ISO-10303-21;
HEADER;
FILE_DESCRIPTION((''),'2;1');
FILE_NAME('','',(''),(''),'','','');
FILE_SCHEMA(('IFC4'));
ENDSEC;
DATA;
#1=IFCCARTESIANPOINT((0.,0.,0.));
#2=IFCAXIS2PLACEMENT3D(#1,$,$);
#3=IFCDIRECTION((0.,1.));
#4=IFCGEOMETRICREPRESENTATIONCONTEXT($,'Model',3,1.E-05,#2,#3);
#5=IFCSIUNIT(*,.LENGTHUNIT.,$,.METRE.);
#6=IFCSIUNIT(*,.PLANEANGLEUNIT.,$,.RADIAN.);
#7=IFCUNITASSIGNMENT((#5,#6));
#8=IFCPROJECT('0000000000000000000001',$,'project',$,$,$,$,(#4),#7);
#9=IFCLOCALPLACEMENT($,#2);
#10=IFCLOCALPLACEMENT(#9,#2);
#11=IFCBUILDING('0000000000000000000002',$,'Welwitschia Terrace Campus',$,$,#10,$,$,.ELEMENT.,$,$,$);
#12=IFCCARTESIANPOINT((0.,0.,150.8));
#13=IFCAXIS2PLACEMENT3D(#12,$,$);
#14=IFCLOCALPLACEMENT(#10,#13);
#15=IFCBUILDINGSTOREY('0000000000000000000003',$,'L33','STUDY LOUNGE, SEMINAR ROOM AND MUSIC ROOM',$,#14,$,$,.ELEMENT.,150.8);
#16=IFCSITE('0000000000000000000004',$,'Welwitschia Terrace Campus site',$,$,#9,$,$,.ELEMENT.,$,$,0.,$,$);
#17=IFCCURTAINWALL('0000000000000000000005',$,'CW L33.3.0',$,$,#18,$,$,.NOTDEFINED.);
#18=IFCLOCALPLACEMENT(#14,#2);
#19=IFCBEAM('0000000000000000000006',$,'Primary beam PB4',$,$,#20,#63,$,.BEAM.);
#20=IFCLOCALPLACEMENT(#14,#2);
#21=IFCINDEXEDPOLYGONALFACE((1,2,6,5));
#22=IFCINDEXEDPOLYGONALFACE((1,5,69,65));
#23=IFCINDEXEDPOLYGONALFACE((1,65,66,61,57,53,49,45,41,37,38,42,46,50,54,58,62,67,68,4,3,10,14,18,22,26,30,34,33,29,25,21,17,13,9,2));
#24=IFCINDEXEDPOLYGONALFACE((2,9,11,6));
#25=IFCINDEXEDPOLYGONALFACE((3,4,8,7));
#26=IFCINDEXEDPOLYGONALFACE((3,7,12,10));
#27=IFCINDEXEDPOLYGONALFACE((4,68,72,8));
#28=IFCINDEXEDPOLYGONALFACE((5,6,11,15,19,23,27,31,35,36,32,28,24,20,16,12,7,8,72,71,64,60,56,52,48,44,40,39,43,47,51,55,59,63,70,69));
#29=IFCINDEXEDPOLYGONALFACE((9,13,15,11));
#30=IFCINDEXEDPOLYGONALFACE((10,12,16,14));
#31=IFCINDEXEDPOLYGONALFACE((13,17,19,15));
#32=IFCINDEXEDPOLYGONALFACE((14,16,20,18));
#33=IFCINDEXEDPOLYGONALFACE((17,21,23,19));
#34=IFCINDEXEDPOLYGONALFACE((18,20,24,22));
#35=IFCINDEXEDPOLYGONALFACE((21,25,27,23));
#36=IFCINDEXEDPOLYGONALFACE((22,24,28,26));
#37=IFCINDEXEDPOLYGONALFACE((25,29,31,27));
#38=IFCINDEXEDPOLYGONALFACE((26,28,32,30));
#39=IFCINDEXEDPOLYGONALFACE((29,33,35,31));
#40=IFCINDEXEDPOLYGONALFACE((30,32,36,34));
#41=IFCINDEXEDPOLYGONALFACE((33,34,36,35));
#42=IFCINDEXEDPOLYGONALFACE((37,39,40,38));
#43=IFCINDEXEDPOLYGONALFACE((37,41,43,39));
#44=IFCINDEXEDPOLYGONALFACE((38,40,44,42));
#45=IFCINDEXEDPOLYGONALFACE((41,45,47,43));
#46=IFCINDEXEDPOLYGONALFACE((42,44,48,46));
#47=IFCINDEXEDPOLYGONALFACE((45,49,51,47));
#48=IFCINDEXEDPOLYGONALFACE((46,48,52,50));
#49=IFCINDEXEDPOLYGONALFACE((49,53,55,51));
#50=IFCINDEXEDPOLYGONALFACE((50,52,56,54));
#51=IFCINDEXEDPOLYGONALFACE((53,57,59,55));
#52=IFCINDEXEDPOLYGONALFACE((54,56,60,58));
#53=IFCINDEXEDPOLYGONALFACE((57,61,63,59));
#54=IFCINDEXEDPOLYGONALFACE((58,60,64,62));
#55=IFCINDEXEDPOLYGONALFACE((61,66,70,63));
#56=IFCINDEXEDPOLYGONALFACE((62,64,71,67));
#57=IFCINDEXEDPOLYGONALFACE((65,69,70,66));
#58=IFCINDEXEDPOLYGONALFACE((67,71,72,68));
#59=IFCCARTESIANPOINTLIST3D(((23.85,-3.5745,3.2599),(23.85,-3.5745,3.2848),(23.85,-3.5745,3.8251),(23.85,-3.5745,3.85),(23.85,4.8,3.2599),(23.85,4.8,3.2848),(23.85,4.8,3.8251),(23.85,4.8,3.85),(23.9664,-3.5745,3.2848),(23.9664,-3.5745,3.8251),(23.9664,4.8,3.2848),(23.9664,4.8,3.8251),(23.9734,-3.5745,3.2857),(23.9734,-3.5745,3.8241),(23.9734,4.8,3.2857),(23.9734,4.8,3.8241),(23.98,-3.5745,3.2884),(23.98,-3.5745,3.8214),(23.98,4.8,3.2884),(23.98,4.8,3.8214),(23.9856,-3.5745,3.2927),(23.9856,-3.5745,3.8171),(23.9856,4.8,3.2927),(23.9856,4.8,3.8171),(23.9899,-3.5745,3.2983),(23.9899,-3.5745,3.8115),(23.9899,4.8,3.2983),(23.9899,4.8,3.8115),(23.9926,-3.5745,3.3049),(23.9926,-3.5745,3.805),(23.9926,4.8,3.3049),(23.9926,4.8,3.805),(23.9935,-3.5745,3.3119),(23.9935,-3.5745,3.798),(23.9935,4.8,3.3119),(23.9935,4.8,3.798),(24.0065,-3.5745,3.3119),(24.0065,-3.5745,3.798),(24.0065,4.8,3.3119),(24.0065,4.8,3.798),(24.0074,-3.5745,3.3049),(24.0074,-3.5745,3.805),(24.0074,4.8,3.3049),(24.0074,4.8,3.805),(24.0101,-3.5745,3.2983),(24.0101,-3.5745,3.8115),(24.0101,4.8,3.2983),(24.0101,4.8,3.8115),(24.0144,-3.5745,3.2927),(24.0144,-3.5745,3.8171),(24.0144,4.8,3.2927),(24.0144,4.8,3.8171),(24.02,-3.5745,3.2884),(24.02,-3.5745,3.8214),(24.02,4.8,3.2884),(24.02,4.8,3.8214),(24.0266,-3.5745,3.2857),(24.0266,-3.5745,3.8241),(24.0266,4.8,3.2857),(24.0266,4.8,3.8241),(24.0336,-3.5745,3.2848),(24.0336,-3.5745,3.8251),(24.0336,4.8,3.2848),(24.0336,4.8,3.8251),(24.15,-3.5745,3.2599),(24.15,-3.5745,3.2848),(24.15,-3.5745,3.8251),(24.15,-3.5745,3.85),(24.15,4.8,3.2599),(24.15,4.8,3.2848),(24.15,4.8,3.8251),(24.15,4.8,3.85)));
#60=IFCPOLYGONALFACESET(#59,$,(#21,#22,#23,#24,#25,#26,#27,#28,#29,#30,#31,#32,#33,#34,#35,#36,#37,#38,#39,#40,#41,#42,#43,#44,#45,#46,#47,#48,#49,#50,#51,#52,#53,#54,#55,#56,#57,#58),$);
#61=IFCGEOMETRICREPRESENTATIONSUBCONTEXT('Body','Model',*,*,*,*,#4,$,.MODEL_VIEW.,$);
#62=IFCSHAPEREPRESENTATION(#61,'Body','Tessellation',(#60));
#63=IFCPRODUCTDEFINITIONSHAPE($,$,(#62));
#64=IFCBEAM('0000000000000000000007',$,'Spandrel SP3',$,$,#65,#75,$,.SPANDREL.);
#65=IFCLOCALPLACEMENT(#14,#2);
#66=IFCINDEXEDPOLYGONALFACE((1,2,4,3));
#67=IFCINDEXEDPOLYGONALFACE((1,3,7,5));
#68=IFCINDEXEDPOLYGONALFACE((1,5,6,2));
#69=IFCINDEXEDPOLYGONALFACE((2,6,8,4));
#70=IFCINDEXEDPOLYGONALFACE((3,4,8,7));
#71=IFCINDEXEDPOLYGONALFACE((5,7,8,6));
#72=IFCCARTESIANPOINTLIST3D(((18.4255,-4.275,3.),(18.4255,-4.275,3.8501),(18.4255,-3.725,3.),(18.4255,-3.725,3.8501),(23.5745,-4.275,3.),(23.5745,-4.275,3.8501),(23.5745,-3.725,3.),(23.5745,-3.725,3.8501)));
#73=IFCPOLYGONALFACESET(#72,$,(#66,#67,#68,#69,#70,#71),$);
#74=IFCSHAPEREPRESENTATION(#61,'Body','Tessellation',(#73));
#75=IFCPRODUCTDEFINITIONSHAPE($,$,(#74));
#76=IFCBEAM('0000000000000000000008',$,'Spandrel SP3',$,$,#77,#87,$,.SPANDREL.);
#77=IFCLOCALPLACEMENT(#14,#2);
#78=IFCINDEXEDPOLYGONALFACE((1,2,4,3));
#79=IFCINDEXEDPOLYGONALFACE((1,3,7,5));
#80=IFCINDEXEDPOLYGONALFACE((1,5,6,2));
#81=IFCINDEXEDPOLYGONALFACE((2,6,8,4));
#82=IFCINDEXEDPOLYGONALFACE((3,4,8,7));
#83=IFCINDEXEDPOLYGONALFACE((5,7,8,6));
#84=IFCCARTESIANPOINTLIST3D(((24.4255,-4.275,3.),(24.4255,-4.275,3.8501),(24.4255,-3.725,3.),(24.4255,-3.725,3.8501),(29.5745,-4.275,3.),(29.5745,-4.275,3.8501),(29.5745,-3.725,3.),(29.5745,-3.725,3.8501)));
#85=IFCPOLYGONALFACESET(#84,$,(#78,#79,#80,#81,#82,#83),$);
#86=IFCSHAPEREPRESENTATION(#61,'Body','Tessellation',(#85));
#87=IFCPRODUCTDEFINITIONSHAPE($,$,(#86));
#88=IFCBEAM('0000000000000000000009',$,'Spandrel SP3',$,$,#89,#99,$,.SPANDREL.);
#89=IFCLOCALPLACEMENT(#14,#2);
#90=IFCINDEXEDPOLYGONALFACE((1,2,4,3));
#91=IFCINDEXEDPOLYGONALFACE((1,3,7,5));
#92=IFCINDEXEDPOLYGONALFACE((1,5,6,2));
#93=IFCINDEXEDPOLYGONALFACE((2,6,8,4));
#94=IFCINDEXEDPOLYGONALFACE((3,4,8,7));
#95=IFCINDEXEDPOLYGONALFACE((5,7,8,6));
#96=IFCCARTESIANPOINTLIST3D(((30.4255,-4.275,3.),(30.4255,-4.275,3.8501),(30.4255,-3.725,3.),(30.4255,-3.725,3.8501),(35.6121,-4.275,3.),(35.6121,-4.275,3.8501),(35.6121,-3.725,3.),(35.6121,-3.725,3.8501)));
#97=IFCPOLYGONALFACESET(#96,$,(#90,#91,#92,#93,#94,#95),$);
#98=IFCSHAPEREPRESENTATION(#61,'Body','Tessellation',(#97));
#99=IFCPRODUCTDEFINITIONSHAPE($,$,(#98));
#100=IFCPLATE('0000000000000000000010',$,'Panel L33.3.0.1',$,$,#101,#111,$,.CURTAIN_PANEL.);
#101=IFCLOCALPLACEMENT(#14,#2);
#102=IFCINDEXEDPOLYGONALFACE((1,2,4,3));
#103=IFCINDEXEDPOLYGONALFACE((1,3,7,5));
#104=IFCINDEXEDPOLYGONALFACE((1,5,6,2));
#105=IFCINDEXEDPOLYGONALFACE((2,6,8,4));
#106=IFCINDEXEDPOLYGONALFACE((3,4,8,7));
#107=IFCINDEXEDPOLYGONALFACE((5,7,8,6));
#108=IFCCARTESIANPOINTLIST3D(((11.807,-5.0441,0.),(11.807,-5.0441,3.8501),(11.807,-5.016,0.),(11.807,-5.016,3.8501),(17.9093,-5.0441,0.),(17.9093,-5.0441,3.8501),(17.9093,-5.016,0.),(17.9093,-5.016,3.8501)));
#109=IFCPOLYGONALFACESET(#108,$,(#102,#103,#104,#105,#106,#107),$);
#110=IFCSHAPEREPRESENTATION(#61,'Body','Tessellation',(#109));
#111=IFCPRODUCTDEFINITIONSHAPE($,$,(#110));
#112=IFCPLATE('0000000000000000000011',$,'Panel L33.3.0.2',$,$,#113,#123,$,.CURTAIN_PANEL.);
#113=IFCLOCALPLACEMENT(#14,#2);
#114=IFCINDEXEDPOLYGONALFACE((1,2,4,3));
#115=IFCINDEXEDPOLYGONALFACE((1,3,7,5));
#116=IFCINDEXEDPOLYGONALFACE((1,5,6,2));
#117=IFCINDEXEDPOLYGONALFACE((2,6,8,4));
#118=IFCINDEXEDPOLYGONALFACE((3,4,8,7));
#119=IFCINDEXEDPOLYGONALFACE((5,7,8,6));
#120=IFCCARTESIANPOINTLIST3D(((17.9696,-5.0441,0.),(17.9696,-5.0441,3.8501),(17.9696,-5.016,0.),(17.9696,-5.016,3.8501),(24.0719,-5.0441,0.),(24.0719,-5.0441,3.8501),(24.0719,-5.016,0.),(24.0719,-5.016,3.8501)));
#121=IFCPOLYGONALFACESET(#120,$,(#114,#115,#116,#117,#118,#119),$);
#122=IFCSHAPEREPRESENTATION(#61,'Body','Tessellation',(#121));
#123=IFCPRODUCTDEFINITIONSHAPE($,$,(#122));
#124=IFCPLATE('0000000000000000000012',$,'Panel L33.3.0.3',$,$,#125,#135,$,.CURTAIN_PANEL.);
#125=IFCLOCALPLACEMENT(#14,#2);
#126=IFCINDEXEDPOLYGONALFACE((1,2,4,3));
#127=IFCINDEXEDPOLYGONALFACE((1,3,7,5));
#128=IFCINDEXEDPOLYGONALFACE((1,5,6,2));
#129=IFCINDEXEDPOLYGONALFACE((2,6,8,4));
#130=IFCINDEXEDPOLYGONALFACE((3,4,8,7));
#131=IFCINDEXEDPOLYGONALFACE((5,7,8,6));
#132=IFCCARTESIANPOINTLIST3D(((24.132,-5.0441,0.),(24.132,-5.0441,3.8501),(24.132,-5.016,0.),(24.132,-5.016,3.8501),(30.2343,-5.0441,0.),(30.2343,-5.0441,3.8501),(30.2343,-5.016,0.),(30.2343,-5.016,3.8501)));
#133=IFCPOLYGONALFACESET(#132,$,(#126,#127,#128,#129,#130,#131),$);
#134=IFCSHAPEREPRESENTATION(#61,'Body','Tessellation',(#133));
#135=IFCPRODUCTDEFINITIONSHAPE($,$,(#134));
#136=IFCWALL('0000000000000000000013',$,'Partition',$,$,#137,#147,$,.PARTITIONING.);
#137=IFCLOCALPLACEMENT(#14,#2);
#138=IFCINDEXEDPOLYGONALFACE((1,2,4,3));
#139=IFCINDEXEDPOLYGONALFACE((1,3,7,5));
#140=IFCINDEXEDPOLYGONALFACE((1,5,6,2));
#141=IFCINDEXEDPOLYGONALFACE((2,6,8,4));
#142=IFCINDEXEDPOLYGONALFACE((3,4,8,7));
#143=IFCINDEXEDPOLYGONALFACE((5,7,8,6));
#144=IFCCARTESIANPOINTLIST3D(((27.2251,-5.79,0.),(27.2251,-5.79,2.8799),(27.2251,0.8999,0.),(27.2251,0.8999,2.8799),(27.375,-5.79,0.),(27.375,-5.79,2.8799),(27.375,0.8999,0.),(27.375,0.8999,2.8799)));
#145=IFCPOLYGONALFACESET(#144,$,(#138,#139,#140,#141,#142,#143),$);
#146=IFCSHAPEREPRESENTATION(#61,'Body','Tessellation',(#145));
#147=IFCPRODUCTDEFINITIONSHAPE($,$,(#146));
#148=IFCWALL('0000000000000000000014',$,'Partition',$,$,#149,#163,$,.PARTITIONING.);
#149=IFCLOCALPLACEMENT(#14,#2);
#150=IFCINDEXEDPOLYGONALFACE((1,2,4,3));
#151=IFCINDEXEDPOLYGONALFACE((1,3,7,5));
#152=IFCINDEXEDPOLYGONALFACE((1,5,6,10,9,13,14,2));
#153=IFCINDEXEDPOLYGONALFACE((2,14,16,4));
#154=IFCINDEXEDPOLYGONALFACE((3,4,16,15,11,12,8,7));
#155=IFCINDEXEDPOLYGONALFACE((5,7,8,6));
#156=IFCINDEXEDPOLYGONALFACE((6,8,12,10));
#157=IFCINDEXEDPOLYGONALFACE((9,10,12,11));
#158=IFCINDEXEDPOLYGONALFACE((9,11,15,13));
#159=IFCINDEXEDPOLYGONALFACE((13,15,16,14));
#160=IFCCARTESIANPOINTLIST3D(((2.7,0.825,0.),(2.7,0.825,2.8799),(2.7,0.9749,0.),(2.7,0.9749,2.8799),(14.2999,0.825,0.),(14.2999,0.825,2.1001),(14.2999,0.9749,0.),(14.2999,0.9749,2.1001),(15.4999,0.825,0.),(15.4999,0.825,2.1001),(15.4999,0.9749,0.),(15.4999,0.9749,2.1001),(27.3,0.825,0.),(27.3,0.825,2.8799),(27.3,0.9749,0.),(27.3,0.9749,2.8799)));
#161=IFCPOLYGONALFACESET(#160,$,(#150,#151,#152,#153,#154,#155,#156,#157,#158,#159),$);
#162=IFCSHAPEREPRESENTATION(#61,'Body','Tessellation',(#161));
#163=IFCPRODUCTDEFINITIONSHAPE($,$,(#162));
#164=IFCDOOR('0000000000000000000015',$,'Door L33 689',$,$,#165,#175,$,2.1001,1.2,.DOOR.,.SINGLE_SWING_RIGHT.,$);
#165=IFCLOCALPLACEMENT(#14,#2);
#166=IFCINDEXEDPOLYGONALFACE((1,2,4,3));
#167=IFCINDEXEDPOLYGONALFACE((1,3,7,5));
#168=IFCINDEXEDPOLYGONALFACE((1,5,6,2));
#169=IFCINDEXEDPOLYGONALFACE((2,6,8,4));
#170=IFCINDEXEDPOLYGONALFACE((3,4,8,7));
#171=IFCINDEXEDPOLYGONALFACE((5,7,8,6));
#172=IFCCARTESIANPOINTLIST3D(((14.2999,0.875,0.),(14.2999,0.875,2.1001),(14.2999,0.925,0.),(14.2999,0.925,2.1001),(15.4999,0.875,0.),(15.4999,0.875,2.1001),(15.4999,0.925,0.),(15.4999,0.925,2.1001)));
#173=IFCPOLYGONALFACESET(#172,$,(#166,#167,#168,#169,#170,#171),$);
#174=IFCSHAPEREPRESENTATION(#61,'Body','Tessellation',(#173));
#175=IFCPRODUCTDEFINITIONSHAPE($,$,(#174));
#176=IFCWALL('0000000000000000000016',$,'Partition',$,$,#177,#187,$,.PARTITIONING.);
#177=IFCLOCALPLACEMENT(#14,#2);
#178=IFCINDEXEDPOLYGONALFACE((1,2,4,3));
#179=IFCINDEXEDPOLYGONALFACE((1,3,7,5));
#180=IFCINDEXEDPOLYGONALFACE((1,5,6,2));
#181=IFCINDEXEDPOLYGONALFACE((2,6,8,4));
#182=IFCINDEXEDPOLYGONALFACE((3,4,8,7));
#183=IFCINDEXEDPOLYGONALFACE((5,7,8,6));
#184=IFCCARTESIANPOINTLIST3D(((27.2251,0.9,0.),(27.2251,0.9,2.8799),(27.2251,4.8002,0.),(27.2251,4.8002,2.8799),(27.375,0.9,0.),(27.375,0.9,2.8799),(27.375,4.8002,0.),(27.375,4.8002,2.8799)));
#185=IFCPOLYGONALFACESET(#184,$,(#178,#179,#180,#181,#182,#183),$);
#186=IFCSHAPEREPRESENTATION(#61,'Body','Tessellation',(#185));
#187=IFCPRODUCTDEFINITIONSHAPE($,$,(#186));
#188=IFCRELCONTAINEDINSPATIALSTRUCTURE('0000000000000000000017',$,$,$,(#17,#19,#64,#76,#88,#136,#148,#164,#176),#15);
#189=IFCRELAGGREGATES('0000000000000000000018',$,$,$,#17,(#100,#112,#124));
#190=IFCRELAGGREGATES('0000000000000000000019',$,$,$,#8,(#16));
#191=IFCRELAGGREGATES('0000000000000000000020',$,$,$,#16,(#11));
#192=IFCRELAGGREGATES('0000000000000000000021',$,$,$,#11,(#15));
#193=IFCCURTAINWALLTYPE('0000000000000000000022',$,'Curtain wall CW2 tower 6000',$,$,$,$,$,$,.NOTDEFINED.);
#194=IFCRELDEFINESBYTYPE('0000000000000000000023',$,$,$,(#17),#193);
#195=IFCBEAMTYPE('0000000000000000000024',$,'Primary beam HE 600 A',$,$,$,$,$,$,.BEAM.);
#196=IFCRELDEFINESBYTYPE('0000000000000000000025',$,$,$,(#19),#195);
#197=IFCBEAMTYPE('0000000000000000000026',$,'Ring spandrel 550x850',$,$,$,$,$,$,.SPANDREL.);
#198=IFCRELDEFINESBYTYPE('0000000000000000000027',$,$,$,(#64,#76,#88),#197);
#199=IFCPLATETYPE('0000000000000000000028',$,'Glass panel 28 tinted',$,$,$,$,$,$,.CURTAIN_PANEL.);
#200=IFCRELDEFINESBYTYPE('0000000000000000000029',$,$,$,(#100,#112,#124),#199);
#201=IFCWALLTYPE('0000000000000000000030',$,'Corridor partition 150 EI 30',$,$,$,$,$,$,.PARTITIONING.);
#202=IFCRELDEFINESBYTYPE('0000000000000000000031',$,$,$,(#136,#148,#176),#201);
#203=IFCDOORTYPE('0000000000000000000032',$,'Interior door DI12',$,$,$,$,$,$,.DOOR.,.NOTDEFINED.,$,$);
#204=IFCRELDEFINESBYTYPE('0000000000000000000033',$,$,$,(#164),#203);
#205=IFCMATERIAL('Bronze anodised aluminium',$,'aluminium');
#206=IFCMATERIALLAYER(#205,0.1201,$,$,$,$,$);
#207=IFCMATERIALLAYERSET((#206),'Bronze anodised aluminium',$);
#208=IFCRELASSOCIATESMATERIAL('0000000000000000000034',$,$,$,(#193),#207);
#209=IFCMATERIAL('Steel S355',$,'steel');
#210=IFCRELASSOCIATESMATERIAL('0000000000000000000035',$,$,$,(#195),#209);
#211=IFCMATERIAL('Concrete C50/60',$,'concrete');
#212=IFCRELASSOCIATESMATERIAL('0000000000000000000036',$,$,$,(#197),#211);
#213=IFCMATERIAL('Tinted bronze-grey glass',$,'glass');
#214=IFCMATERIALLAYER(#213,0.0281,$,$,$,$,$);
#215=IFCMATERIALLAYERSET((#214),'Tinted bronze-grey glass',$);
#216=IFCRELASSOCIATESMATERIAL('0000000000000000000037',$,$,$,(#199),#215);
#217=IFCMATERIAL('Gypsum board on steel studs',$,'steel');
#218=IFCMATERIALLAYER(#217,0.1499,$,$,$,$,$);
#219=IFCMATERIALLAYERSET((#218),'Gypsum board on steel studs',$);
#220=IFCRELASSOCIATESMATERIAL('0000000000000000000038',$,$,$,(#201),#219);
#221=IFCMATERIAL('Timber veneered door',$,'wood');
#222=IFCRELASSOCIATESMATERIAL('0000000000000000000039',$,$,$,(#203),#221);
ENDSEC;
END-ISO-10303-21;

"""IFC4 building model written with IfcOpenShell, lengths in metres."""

from ifc_helpers import new_model, si_unit, direction, frame, frame_2d, origin, origin_2d, place, context, subcontext, project, spatial, rectangle, i_section, extrude, material, layer, layer_set, material_profile, profile_set, type_object, element, fill, aggregate, save


model = new_model("IFC4")

# Units and contexts
model_context = context("Model", 3, precision=1e-05, world=origin(), true_north=direction((0.0, 1.0)))
body_context = subcontext(model_context, "Body", "Model", "MODEL_VIEW")
ifc_project = project(units=[si_unit("LENGTHUNIT", "METRE"), si_unit("PLANEANGLEUNIT", "RADIAN")], contexts=[model_context])

# Site, building, storey
site_placement = place(None, origin())
site = spatial("IfcSite", under=ifc_project, at=site_placement, Name="Welwitschia Terrace Campus site", CompositionType="ELEMENT", RefElevation=0.0)
building_placement = place(site_placement, origin())
building = spatial("IfcBuilding", under=site, at=building_placement, Name="Welwitschia Terrace Campus", CompositionType="ELEMENT")
storey_placement = place(building_placement, frame((0.0, 0.0, 150.8)))
storey = spatial("IfcBuildingStorey", under=building, at=storey_placement, Name="L33", Description="STUDY LOUNGE, SEMINAR ROOM AND MUSIC ROOM", CompositionType="ELEMENT", Elevation=150.8)

# Curtain wall
ifc_material_1 = material(Name="Bronze anodised aluminium", Category="aluminium")
ifc_layer_1 = layer(ifc_material_1, 0.1201)
ifc_layer_set_1 = layer_set([ifc_layer_1], Name="Bronze anodised aluminium")
curtain_wall_type = type_object("IfcCurtainWallType", Name="Curtain wall CW2 tower 6000", PredefinedType="NOTDEFINED", material=ifc_layer_set_1)
curtain_wall_placement = place(storey_placement, origin())
curtain_wall = element("IfcCurtainWall", 1, at=curtain_wall_placement, inside=storey, type_object=curtain_wall_type, Name="CW L33.3.0", PredefinedType="NOTDEFINED")

# Beams
ifc_material_2 = material(Name="Steel S355", Category="steel")
ifc_material_profile_1 = material_profile(ifc_material_2, i_section(OverallWidth=0.3, OverallDepth=0.5901, WebThickness=0.0129, FlangeThickness=0.0249, FilletRadius=0.0271, at=origin_2d()))
ifc_profile_set_1 = profile_set([ifc_material_profile_1], Name="Steel S355")
beam_type_1 = type_object("IfcBeamType", Name="Primary beam HE 600 A", PredefinedType="BEAM", material=ifc_profile_set_1)
beam_1_placement = place(storey_placement, frame((24.0, -3.5745, 3.5549), z_axis=(0.0, 1.0, 0.0), x_axis=(-1.0, 0.0, 0.0)))
element("IfcBeam", 2, at=beam_1_placement, inside=storey, type_object=beam_type_1, Name="Primary beam PB4", PredefinedType="BEAM", context=body_context, shape_type="SweptSolid", body=[
    extrude(i_section(OverallWidth=0.3, OverallDepth=0.5901, WebThickness=0.0129, FlangeThickness=0.0249, FilletRadius=0.0271, at=origin_2d()), origin(), (0.0, 0.0, 1.0), 8.3745),
])
ifc_material_3 = material(Name="Concrete C50/60", Category="concrete")
ifc_material_profile_2 = material_profile(ifc_material_3, rectangle(XDim=0.55, YDim=0.8501, at=origin_2d()))
ifc_profile_set_2 = profile_set([ifc_material_profile_2], Name="Concrete C50/60")
beam_type_2 = type_object("IfcBeamType", Name="Ring spandrel 550x850", PredefinedType="SPANDREL", material=ifc_profile_set_2)
for number, where, z_axis, x_axis, name in (
    (3, (18.4255, -4.0, 3.425), (1.0, 0.0, 0.0), (0.0, 1.0, 0.0), "Spandrel SP3"),
    (4, (24.4255, -4.0, 3.425), (1.0, 0.0, 0.0), (0.0, 1.0, 0.0), "Spandrel SP3"),
):
    element("IfcBeam", number, at=place(storey_placement, frame(where, z_axis=z_axis, x_axis=x_axis)), inside=storey, type_object=beam_type_2, Name=name, PredefinedType="SPANDREL", context=body_context, shape_type="SweptSolid", body=[
        extrude(rectangle(XDim=0.55, YDim=0.8501, at=origin_2d()), origin(), (0.0, 0.0, 1.0), 5.1489),
    ])
beam_2_placement = place(storey_placement, frame((30.4255, -4.0, 3.425), z_axis=(1.0, 0.0, 0.0), x_axis=(0.0, 1.0, 0.0)))
element("IfcBeam", 5, at=beam_2_placement, inside=storey, type_object=beam_type_2, Name="Spandrel SP3", PredefinedType="SPANDREL", context=body_context, shape_type="SweptSolid", body=[
    extrude(rectangle(XDim=0.55, YDim=0.8501, at=origin_2d()), origin(), (0.0, 0.0, 1.0), 5.1865),
])

# Plates
ifc_material_4 = material(Name="Tinted bronze-grey glass", Category="glass")
ifc_layer_2 = layer(ifc_material_4, 0.0281)
ifc_layer_set_2 = layer_set([ifc_layer_2], Name="Tinted bronze-grey glass")
plate_type = type_object("IfcPlateType", Name="Glass panel 28 tinted", PredefinedType="CURTAIN_PANEL", material=ifc_layer_set_2)
plate_1_placement = place(storey_placement, frame((14.8582, -5.03, 0.0), z_axis=(0.0, 0.0, 1.0), x_axis=(1.0, 0.0, 0.0)))
plate_1 = element("IfcPlate", 6, at=plate_1_placement, type_object=plate_type, Name="Panel L33.3.0.1", PredefinedType="CURTAIN_PANEL", context=body_context, shape_type="SweptSolid", body=[
    extrude(rectangle(XDim=6.1023, YDim=0.0281, at=origin_2d()), origin(), (0.0, 0.0, 1.0), 3.8501),
])
plate_2_placement = place(storey_placement, frame((21.0208, -5.03, 0.0), z_axis=(0.0, 0.0, 1.0), x_axis=(1.0, 0.0, 0.0)))
plate_2 = element("IfcPlate", 7, at=plate_2_placement, type_object=plate_type, Name="Panel L33.3.0.2", PredefinedType="CURTAIN_PANEL", context=body_context, shape_type="SweptSolid", body=[
    extrude(rectangle(XDim=6.1023, YDim=0.0281, at=origin_2d()), origin(), (0.0, 0.0, 1.0), 3.8501),
])
plate_3_placement = place(storey_placement, frame((27.1831, -5.03, 0.0), z_axis=(0.0, 0.0, 1.0), x_axis=(1.0, 0.0, 0.0)))
plate_3 = element("IfcPlate", 8, at=plate_3_placement, type_object=plate_type, Name="Panel L33.3.0.3", PredefinedType="CURTAIN_PANEL", context=body_context, shape_type="SweptSolid", body=[
    extrude(rectangle(XDim=6.1023, YDim=0.0281, at=origin_2d()), origin(), (0.0, 0.0, 1.0), 3.8501),
])
aggregate(curtain_wall, [plate_1, plate_2, plate_3])

# Wall
ifc_material_5 = material(Name="Gypsum board on steel studs", Category="steel")
ifc_layer_3 = layer(ifc_material_5, 0.1499)
ifc_layer_set_3 = layer_set([ifc_layer_3], Name="Gypsum board on steel studs")
wall_type = type_object("IfcWallType", Name="Corridor partition 150 EI 30", PredefinedType="PARTITIONING", material=ifc_layer_set_3)
wall_1_placement = place(storey_placement, frame((27.3, -5.79, 0.0), z_axis=(0.0, 0.0, 1.0), x_axis=(0.0, 1.0, 0.0)))
element("IfcWall", 9, at=wall_1_placement, inside=storey, type_object=wall_type, Name="Partition", PredefinedType="PARTITIONING", context=body_context, shape_type="SweptSolid", body=[
    extrude(rectangle(XDim=6.6899, YDim=0.1499, at=frame_2d((3.345, 0.0))), origin(), (0.0, 0.0, 1.0), 2.8799),
])

# Wall, opening, door
wall_2_placement = place(storey_placement, frame((27.3, 0.8999, 0.0), z_axis=(0.0, 0.0, 1.0), x_axis=(-1.0, 0.0, 0.0)))
wall_2 = element("IfcWall", 10, at=wall_2_placement, inside=storey, type_object=wall_type, Name="Partition", PredefinedType="PARTITIONING", context=body_context, shape_type="SweptSolid", body=[
    extrude(rectangle(XDim=24.6001, YDim=0.1499, at=frame_2d((12.3, 0.0))), origin(), (0.0, 0.0, 1.0), 2.8799),
])
opening_1_placement = place(wall_2_placement, frame((11.8, 0.0, 0.0)))
opening_1 = element("IfcOpeningElement", 11, at=opening_1_placement, cuts=wall_2, PredefinedType="OPENING", context=body_context, shape_type="SweptSolid", body=[
    extrude(rectangle(XDim=1.2, YDim=2.1001, at=frame_2d((0.6001, 1.05))), frame((0.0, 0.085, 0.0), z_axis=(0.0, -1.0, 0.0), x_axis=(1.0, 0.0, 0.0)), (0.0, 0.0, 1.0), 0.1699),
])
ifc_material_6 = material(Name="Timber veneered door", Category="wood")
door_type = type_object("IfcDoorType", Name="Interior door DI12", OperationType="NOTDEFINED", PredefinedType="DOOR", material=ifc_material_6)
door_1_placement = place(opening_1_placement, origin())
door_1 = element("IfcDoor", 12, at=door_1_placement, inside=storey, type_object=door_type, Name="Door L33 689", OperationType="SINGLE_SWING_RIGHT", OverallHeight=2.1001, OverallWidth=1.2, PredefinedType="DOOR", context=body_context, shape_type="SweptSolid", body=[
    extrude(rectangle(XDim=1.2, YDim=2.1001, at=frame_2d((0.6001, 1.05))), frame((0.0, 0.0249, 0.0), z_axis=(0.0, -1.0, 0.0), x_axis=(1.0, 0.0, 0.0)), (0.0, 0.0, 1.0), 0.05),
])
fill(opening_1, door_1)

# Wall
wall_3_placement = place(storey_placement, frame((27.3, 0.8999, 0.0), z_axis=(0.0, 0.0, 1.0), x_axis=(0.0, 1.0, 0.0)))
element("IfcWall", 13, at=wall_3_placement, inside=storey, type_object=wall_type, Name="Partition", PredefinedType="PARTITIONING", context=body_context, shape_type="SweptSolid", body=[
    extrude(rectangle(XDim=3.9001, YDim=0.1499, at=frame_2d((1.9502, 0.0))), origin(), (0.0, 0.0, 1.0), 2.8799),
])

save(model, "model.ifc")
